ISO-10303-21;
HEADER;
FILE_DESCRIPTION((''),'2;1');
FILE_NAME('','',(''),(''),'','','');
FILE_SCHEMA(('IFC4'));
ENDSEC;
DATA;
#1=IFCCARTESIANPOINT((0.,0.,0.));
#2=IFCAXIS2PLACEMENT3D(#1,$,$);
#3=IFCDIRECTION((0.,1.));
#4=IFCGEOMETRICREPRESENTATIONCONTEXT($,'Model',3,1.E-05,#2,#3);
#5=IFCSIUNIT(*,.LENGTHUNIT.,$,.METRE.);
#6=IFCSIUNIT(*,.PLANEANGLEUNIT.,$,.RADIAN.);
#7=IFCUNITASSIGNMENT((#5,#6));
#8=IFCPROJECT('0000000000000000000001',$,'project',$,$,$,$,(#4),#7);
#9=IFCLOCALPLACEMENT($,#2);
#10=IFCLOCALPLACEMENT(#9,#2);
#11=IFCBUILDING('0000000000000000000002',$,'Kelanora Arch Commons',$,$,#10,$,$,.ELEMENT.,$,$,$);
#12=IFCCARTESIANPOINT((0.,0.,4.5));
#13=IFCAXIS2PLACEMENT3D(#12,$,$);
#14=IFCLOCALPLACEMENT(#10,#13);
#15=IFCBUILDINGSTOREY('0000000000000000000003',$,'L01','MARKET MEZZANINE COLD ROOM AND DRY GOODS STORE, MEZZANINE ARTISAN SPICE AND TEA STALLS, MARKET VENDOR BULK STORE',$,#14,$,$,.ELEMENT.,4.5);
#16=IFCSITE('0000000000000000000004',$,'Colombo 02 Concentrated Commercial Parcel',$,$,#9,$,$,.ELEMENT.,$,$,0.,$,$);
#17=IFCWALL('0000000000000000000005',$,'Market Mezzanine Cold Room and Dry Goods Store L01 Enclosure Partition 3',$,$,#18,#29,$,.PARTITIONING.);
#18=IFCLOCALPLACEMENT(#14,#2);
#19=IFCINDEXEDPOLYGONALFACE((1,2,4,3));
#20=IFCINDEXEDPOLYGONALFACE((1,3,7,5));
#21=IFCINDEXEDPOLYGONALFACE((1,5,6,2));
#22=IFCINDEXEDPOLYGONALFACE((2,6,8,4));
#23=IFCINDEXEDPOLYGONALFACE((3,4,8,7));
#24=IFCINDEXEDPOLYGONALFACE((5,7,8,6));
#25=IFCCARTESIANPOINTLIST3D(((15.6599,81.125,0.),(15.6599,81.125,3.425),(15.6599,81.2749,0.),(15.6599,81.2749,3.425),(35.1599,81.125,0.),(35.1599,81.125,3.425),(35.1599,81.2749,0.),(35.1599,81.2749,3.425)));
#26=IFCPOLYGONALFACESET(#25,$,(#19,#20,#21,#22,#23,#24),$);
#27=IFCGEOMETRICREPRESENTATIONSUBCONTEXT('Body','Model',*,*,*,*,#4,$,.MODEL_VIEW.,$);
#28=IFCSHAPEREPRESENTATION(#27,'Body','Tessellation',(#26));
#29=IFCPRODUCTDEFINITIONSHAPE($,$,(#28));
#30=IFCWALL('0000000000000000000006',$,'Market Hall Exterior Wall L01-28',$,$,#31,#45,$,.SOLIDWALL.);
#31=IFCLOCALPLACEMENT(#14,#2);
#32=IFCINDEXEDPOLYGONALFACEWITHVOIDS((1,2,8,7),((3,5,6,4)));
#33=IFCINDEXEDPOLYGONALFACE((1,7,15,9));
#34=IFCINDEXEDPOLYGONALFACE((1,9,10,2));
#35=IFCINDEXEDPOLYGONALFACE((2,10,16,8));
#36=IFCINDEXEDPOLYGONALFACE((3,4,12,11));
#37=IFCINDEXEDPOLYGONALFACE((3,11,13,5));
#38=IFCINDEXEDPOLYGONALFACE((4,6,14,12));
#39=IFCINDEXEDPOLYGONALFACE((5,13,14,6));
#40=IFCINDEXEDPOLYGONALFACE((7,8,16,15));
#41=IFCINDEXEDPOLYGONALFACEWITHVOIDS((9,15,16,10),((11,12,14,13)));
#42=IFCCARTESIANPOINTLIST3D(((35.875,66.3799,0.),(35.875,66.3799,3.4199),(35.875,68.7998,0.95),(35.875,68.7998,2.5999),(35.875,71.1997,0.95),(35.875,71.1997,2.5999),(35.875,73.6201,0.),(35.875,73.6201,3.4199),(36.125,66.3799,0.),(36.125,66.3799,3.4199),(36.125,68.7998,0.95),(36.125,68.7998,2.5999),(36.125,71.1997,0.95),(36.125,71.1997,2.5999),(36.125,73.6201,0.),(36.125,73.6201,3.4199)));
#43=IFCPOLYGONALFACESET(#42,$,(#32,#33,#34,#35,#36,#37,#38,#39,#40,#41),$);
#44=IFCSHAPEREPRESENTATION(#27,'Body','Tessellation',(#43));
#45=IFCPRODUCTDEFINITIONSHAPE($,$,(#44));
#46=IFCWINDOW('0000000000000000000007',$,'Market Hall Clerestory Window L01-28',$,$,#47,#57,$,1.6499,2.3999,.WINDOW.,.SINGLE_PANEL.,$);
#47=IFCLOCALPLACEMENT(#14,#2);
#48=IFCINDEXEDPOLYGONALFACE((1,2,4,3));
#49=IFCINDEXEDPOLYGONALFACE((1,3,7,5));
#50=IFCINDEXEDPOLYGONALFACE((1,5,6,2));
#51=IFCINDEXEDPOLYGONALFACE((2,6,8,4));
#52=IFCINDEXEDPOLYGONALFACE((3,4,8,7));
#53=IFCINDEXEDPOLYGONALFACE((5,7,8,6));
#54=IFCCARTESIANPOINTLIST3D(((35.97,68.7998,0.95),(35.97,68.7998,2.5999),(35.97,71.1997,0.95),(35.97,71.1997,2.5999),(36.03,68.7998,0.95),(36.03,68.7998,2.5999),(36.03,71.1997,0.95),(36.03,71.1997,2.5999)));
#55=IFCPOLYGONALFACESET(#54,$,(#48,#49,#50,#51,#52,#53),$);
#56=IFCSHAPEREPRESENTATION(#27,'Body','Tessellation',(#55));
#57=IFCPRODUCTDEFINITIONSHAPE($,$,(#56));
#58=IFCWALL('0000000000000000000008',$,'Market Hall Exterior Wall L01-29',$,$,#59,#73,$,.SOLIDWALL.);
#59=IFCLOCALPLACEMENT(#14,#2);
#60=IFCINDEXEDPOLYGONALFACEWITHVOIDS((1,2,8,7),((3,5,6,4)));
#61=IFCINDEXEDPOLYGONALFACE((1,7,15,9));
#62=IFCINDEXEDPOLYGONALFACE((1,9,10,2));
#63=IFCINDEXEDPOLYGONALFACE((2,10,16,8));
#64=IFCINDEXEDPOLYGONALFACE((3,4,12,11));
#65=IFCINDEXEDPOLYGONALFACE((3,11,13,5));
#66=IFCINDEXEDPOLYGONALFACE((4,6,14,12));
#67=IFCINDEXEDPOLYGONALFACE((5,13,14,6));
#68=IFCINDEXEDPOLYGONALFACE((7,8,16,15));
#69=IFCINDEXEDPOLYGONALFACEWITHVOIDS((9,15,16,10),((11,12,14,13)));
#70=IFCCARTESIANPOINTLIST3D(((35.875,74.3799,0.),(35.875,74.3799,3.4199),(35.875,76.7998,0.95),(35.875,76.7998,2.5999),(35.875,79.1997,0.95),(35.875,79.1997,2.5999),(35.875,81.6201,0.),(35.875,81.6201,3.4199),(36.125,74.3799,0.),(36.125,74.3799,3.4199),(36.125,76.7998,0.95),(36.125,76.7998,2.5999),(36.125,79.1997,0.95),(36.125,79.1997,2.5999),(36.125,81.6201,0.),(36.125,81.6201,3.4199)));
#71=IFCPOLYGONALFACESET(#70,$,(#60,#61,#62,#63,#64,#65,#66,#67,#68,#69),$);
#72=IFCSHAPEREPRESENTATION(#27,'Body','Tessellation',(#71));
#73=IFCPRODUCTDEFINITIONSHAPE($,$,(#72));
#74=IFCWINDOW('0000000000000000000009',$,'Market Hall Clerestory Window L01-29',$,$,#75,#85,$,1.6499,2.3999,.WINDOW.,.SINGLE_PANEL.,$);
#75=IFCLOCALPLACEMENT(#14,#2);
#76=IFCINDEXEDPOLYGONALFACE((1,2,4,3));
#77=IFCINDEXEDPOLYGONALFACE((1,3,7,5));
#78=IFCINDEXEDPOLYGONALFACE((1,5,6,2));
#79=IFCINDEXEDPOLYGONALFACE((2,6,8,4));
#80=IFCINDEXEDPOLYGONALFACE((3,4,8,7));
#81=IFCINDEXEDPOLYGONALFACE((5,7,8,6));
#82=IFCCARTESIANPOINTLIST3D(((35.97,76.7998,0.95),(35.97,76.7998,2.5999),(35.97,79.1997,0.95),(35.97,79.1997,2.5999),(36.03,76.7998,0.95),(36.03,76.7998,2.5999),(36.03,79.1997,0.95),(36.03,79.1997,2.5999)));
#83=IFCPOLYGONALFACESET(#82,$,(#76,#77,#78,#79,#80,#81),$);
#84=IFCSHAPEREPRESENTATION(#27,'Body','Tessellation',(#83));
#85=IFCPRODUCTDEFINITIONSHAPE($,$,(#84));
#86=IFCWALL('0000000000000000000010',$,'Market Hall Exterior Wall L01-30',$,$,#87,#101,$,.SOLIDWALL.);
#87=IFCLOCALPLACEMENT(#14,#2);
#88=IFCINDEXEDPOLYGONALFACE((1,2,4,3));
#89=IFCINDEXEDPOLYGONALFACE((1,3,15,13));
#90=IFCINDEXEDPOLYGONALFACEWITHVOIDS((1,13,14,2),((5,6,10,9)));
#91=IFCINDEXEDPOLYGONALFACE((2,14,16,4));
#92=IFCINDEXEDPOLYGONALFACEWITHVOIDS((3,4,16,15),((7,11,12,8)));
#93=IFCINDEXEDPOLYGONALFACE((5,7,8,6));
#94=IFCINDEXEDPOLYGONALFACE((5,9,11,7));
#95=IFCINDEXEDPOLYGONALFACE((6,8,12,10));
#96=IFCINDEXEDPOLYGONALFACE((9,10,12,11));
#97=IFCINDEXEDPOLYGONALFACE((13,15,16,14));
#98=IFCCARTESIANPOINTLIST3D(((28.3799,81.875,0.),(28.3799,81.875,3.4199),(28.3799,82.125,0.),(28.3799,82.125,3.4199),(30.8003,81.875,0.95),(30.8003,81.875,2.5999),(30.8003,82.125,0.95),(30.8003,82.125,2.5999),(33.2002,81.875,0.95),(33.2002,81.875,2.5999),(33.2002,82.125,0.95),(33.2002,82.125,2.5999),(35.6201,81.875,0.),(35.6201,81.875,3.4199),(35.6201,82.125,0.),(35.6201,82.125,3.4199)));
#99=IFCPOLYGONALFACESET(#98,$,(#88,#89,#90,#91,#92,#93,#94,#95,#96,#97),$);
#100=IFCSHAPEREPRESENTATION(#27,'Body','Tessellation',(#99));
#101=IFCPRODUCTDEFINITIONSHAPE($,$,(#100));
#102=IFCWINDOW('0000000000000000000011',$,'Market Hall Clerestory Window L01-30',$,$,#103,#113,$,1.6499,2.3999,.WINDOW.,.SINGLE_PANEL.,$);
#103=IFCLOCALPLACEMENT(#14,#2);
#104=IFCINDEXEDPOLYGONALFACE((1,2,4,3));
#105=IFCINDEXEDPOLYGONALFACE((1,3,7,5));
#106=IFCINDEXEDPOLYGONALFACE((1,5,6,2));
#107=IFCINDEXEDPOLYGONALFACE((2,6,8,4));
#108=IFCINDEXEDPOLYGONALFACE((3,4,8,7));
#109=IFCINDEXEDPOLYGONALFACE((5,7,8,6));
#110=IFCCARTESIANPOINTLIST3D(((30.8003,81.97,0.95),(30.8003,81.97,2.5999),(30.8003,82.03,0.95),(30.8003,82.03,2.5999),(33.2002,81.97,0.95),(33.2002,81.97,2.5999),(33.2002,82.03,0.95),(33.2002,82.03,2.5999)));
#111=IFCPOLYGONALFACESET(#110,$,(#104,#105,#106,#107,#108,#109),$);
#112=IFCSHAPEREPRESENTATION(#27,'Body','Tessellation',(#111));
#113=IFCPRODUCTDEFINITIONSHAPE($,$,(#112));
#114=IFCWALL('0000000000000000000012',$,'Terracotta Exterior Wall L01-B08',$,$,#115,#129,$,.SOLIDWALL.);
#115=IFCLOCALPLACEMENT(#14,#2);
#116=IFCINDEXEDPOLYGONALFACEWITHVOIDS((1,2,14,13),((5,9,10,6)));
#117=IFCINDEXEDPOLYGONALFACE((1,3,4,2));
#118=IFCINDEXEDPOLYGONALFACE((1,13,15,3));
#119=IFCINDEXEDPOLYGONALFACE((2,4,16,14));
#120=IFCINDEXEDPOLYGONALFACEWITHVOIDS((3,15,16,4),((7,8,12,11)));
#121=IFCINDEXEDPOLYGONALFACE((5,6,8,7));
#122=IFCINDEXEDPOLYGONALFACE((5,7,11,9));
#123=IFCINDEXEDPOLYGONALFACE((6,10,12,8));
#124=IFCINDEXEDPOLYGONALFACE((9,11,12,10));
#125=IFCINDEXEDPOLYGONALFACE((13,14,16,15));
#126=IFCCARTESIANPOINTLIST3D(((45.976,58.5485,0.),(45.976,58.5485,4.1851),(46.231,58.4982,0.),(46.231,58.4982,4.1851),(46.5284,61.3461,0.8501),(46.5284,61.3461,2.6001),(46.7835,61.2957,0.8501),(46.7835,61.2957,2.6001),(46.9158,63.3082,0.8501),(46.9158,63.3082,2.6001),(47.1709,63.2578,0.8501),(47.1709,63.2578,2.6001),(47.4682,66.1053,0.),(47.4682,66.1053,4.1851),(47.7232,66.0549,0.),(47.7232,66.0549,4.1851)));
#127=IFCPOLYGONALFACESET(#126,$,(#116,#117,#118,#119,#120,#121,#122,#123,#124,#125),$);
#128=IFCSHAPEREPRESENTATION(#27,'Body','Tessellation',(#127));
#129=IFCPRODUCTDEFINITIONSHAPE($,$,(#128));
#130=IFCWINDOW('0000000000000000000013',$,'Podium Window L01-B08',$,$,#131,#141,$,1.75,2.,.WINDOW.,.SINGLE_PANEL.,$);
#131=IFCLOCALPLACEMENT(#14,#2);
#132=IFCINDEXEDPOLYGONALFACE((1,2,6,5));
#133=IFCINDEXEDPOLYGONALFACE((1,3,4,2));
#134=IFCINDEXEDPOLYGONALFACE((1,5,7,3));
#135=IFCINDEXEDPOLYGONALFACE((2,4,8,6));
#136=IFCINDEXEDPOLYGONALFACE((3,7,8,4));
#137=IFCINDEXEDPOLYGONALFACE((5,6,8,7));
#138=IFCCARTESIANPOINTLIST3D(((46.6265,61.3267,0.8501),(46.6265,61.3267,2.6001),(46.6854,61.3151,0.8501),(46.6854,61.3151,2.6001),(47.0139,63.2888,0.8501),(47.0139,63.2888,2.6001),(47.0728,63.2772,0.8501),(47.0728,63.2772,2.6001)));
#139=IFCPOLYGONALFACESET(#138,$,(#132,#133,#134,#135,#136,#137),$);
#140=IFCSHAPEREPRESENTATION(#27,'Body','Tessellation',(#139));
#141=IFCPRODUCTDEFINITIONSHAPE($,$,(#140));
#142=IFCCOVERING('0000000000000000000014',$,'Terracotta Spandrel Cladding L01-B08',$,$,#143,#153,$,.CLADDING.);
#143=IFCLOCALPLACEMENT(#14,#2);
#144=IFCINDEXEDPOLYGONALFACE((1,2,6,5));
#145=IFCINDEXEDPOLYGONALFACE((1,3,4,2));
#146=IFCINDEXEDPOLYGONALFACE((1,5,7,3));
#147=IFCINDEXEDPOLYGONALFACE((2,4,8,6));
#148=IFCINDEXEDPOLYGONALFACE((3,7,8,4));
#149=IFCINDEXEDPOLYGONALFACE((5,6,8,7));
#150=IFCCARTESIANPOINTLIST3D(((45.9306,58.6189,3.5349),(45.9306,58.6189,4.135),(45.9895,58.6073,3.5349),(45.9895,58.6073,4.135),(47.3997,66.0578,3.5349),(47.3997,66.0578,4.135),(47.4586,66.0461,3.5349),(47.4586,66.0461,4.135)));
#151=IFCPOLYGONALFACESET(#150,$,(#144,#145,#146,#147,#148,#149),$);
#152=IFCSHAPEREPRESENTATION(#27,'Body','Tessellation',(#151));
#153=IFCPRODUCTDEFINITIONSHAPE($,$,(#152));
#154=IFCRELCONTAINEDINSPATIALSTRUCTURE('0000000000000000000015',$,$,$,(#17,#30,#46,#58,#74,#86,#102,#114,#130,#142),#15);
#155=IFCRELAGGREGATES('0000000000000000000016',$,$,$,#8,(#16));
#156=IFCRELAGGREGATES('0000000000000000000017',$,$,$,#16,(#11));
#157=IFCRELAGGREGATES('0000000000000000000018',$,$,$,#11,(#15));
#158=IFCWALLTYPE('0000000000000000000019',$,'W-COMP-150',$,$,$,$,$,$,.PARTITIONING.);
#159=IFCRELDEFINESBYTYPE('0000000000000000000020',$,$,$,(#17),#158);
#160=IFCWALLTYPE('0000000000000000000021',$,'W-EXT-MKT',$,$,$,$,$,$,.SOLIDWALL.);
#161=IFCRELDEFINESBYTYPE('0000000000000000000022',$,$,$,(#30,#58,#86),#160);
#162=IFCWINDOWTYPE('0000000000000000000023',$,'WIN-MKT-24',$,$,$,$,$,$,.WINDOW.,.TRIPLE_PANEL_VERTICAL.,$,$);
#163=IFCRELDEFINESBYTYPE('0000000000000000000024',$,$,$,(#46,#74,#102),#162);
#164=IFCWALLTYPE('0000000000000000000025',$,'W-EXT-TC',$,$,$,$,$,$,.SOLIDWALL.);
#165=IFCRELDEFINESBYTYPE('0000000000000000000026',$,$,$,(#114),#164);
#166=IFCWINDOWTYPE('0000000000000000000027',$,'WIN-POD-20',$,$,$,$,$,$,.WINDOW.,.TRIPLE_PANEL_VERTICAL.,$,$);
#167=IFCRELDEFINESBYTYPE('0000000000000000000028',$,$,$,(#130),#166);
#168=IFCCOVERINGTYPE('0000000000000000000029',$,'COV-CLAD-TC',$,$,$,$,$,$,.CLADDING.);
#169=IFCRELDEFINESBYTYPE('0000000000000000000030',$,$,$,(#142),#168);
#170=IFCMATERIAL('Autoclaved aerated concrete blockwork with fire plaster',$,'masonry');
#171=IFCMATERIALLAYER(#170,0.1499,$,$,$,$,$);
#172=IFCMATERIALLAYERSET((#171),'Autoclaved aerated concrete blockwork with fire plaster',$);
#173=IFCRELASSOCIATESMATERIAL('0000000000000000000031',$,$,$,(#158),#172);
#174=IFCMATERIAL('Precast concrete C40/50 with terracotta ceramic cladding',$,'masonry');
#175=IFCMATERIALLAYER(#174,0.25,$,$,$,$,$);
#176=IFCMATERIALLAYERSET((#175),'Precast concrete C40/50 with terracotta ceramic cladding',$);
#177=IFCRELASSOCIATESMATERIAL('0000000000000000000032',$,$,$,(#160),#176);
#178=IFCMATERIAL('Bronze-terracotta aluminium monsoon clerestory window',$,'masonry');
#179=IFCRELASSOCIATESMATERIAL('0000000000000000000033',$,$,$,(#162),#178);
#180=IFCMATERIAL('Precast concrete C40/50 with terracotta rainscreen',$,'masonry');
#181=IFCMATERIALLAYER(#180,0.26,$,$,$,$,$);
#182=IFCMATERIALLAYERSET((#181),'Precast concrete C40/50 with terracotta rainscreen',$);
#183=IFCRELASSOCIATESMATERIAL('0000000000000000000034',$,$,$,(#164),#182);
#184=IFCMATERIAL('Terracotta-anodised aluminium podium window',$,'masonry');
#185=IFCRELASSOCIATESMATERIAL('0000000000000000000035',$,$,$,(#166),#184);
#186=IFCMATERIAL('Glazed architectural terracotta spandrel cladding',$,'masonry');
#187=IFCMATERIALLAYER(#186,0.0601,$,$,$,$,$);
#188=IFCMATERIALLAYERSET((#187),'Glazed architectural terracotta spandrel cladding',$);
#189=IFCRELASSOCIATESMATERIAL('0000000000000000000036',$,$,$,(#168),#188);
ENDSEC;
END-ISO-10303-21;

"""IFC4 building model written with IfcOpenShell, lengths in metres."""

from ifc_helpers import new_model, si_unit, direction, frame, frame_2d, origin, origin_2d, place, context, subcontext, project, spatial, rectangle, extrude, source, transform, mapped, material, layer, layer_set, type_object, element, fill, save


model = new_model("IFC4")

# Units and contexts
model_context = context("Model", 3, precision=1e-05, world=origin(), true_north=direction((0.0, 1.0)))
body_context = subcontext(model_context, "Body", "Model", "MODEL_VIEW")
ifc_project = project(units=[si_unit("LENGTHUNIT", "METRE"), si_unit("PLANEANGLEUNIT", "RADIAN")], contexts=[model_context])

# Site, building, storey
site_placement = place(None, origin())
site = spatial("IfcSite", under=ifc_project, at=site_placement, Name="Colombo 02 Concentrated Commercial Parcel", CompositionType="ELEMENT", RefElevation=0.0)
building_placement = place(site_placement, origin())
building = spatial("IfcBuilding", under=site, at=building_placement, Name="Kelanora Arch Commons", CompositionType="ELEMENT")
storey_placement = place(building_placement, frame((0.0, 0.0, 4.5)))
storey = spatial("IfcBuildingStorey", under=building, at=storey_placement, Name="L01", Description="MARKET MEZZANINE COLD ROOM AND DRY GOODS STORE, MEZZANINE ARTISAN SPICE AND TEA STALLS, MARKET VENDOR BULK STORE", CompositionType="ELEMENT", Elevation=4.5)

# Wall
ifc_material_1 = material(Name="Autoclaved aerated concrete blockwork with fire plaster", Category="masonry")
ifc_layer_1 = layer(ifc_material_1, 0.1499)
ifc_layer_set_1 = layer_set([ifc_layer_1], Name="Autoclaved aerated concrete blockwork with fire plaster")
wall_type_1 = type_object("IfcWallType", Name="W-COMP-150", PredefinedType="PARTITIONING", material=ifc_layer_set_1)
wall_1_placement = place(storey_placement, frame((35.1599, 81.2, 0.0), z_axis=(0.0, 0.0, 1.0), x_axis=(-1.0, 0.0, 0.0)))
element("IfcWall", 1, at=wall_1_placement, inside=storey, type_object=wall_type_1, Name="Market Mezzanine Cold Room and Dry Goods Store L01 Enclosure Partition 3", PredefinedType="PARTITIONING", context=body_context, shape_type="SweptSolid", body=[
    extrude(rectangle(XDim=19.5, YDim=0.1499, at=frame_2d((9.75, 0.0))), origin(), (0.0, 0.0, 1.0), 3.425),
])

# Walls, openings, windows
ifc_material_2 = material(Name="Precast concrete C40/50 with terracotta ceramic cladding", Category="masonry")
ifc_layer_2 = layer(ifc_material_2, 0.25)
ifc_layer_set_2 = layer_set([ifc_layer_2], Name="Precast concrete C40/50 with terracotta ceramic cladding")
wall_type_2 = type_object("IfcWallType", Name="W-EXT-MKT", PredefinedType="SOLIDWALL", material=ifc_layer_set_2)
wall_2_placement = place(storey_placement, frame((36.0, 66.3799, 0.0), z_axis=(0.0, 0.0, 1.0), x_axis=(0.0, 1.0, 0.0)))
wall_2 = element("IfcWall", 2, at=wall_2_placement, inside=storey, type_object=wall_type_2, Name="Market Hall Exterior Wall L01-28", PredefinedType="SOLIDWALL", context=body_context, shape_type="SweptSolid", body=[
    extrude(rectangle(XDim=7.2402, YDim=0.25, at=frame_2d((3.6201, 0.0))), origin(), (0.0, 0.0, 1.0), 3.4199),
])
opening_1_placement = place(wall_2_placement, frame((2.4199, 0.0, 0.95)))
opening_1 = element("IfcOpeningElement", 3, at=opening_1_placement, cuts=wall_2, PredefinedType="OPENING", context=body_context, shape_type="SweptSolid", body=[
    extrude(rectangle(XDim=2.3999, YDim=1.6499, at=frame_2d((1.2, 0.825))), frame((0.0, 0.135, 0.0), z_axis=(0.0, -1.0, 0.0), x_axis=(1.0, 0.0, 0.0)), (0.0, 0.0, 1.0), 0.27),
])
ifc_material_3 = material(Name="Bronze-terracotta aluminium monsoon clerestory window", Category="masonry")
window_type_1 = type_object("IfcWindowType", Name="WIN-MKT-24", PartitioningType="TRIPLE_PANEL_VERTICAL", PredefinedType="WINDOW", material=ifc_material_3)
window_1_placement = place(opening_1_placement, origin())
window_1 = element("IfcWindow", 4, at=window_1_placement, inside=storey, type_object=window_type_1, Name="Market Hall Clerestory Window L01-28", OverallHeight=1.6499, OverallWidth=2.3999, PartitioningType="SINGLE_PANEL", PredefinedType="WINDOW", context=body_context, shape_type="SweptSolid", body=[
    extrude(rectangle(XDim=2.3999, YDim=1.6499, at=frame_2d((1.2, 0.825))), frame((0.0, 0.03, 0.0), z_axis=(0.0, -1.0, 0.0), x_axis=(1.0, 0.0, 0.0)), (0.0, 0.0, 1.0), 0.0601),
])
fill(opening_1, window_1)
wall_3_placement = place(storey_placement, frame((36.0, 74.3799, 0.0), z_axis=(0.0, 0.0, 1.0), x_axis=(0.0, 1.0, 0.0)))
wall_3 = element("IfcWall", 5, at=wall_3_placement, inside=storey, type_object=wall_type_2, Name="Market Hall Exterior Wall L01-29", PredefinedType="SOLIDWALL", context=body_context, shape_type="SweptSolid", body=[
    extrude(rectangle(XDim=7.2402, YDim=0.25, at=frame_2d((3.6201, 0.0))), origin(), (0.0, 0.0, 1.0), 3.4199),
])
opening_2_placement = place(wall_3_placement, frame((2.4199, 0.0, 0.95)))
opening_2 = element("IfcOpeningElement", 6, at=opening_2_placement, cuts=wall_3, PredefinedType="OPENING", context=body_context, shape_type="SweptSolid", body=[
    extrude(rectangle(XDim=2.3999, YDim=1.6499, at=frame_2d((1.2, 0.825))), frame((0.0, 0.135, 0.0), z_axis=(0.0, -1.0, 0.0), x_axis=(1.0, 0.0, 0.0)), (0.0, 0.0, 1.0), 0.27),
])
window_2_placement = place(opening_2_placement, origin())
window_2 = element("IfcWindow", 7, at=window_2_placement, inside=storey, type_object=window_type_1, Name="Market Hall Clerestory Window L01-29", OverallHeight=1.6499, OverallWidth=2.3999, PartitioningType="SINGLE_PANEL", PredefinedType="WINDOW", context=body_context, shape_type="SweptSolid", body=[
    extrude(rectangle(XDim=2.3999, YDim=1.6499, at=frame_2d((1.2, 0.825))), frame((0.0, 0.03, 0.0), z_axis=(0.0, -1.0, 0.0), x_axis=(1.0, 0.0, 0.0)), (0.0, 0.0, 1.0), 0.0601),
])
fill(opening_2, window_2)
wall_4_placement = place(storey_placement, frame((35.6201, 82.0, 0.0), z_axis=(0.0, 0.0, 1.0), x_axis=(-1.0, 0.0, 0.0)))
wall_4 = element("IfcWall", 8, at=wall_4_placement, inside=storey, type_object=wall_type_2, Name="Market Hall Exterior Wall L01-30", PredefinedType="SOLIDWALL", context=body_context, shape_type="SweptSolid", body=[
    extrude(rectangle(XDim=7.2402, YDim=0.25, at=frame_2d((3.6201, 0.0))), origin(), (0.0, 0.0, 1.0), 3.4199),
])
opening_3_placement = place(wall_4_placement, frame((2.4199, 0.0, 0.95)))
opening_3 = element("IfcOpeningElement", 9, at=opening_3_placement, cuts=wall_4, PredefinedType="OPENING", context=body_context, shape_type="SweptSolid", body=[
    extrude(rectangle(XDim=2.3999, YDim=1.6499, at=frame_2d((1.2, 0.825))), frame((0.0, 0.135, 0.0), z_axis=(0.0, -1.0, 0.0), x_axis=(1.0, 0.0, 0.0)), (0.0, 0.0, 1.0), 0.27),
])
window_3_placement = place(opening_3_placement, origin())
window_3 = element("IfcWindow", 10, at=window_3_placement, inside=storey, type_object=window_type_1, Name="Market Hall Clerestory Window L01-30", OverallHeight=1.6499, OverallWidth=2.3999, PartitioningType="SINGLE_PANEL", PredefinedType="WINDOW", context=body_context, shape_type="SweptSolid", body=[
    extrude(rectangle(XDim=2.3999, YDim=1.6499, at=frame_2d((1.2, 0.825))), frame((0.0, 0.03, 0.0), z_axis=(0.0, -1.0, 0.0), x_axis=(1.0, 0.0, 0.0)), (0.0, 0.0, 1.0), 0.0601),
])
fill(opening_3, window_3)
ifc_material_4 = material(Name="Precast concrete C40/50 with terracotta rainscreen", Category="masonry")
ifc_layer_3 = layer(ifc_material_4, 0.26)
ifc_layer_set_3 = layer_set([ifc_layer_3], Name="Precast concrete C40/50 with terracotta rainscreen")
wall_type_3 = type_object("IfcWallType", Name="W-EXT-TC", PredefinedType="SOLIDWALL", material=ifc_layer_set_3)
wall_5_placement = place(storey_placement, frame((47.5957, 66.0801, 0.0), z_axis=(0.0, 0.0, 1.0), x_axis=(-0.193726, -0.981056, 0.0)))
wall_5 = element("IfcWall", 11, at=wall_5_placement, inside=storey, type_object=wall_type_3, Name="Terracotta Exterior Wall L01-B08", PredefinedType="SOLIDWALL", context=body_context, shape_type="SweptSolid", body=[
    extrude(rectangle(XDim=7.7026, YDim=0.26, at=frame_2d((3.8513, 0.0))), origin(), (0.0, 0.0, 1.0), 4.1851),
])
opening_4_placement = place(wall_5_placement, frame((2.8511, 0.0, 0.8501)))
opening_4 = element("IfcOpeningElement", 12, at=opening_4_placement, cuts=wall_5, PredefinedType="OPENING", context=body_context, shape_type="SweptSolid", body=[
    extrude(rectangle(XDim=2.0, YDim=1.75, at=frame_2d((1.0, 0.875))), frame((0.0, 0.1401, 0.0), z_axis=(0.0, -1.0, 0.0), x_axis=(1.0, 0.0, 0.0)), (0.0, 0.0, 1.0), 0.28),
])
ifc_material_5 = material(Name="Terracotta-anodised aluminium podium window", Category="masonry")
window_type_2 = type_object("IfcWindowType", Name="WIN-POD-20", PartitioningType="TRIPLE_PANEL_VERTICAL", PredefinedType="WINDOW", material=ifc_material_5)
window_4_placement = place(opening_4_placement, origin())
window_4 = element("IfcWindow", 13, at=window_4_placement, inside=storey, type_object=window_type_2, Name="Podium Window L01-B08", OverallHeight=1.75, OverallWidth=2.0, PartitioningType="SINGLE_PANEL", PredefinedType="WINDOW", context=body_context, shape_type="SweptSolid", body=[
    extrude(rectangle(XDim=2.0, YDim=1.75, at=frame_2d((1.0, 0.875))), frame((0.0, 0.03, 0.0), z_axis=(0.0, -1.0, 0.0), x_axis=(1.0, 0.0, 0.0)), (0.0, 0.0, 1.0), 0.0601),
])
fill(opening_4, window_4)

# Covering
ifc_material_6 = material(Name="Glazed architectural terracotta spandrel cladding", Category="masonry")
ifc_layer_4 = layer(ifc_material_6, 0.0601)
ifc_layer_set_4 = layer_set([ifc_layer_4], Name="Glazed architectural terracotta spandrel cladding")
covering_type = type_object("IfcCoveringType", Name="COV-CLAD-TC", PredefinedType="CLADDING", material=ifc_layer_set_4)
shared_shape_1 = source(origin(), body_context, "Body", "SweptSolid", [
    extrude(rectangle(XDim=7.5825, YDim=0.0601, at=origin_2d()), origin(), (0.0, 0.0, 1.0), 0.6001),
])
covering_placement = place(storey_placement, frame((46.6946, 62.3325, 3.5349), z_axis=(0.0, 0.0, 1.0), x_axis=(-0.193744, -0.981052, 0.0)))
element("IfcCovering", 14, at=covering_placement, inside=storey, type_object=covering_type, Name="Terracotta Spandrel Cladding L01-B08", PredefinedType="CLADDING", context=body_context, shape_type="MappedRepresentation", body=[
    mapped(shared_shape_1, transform((0.0, 0.0, 0.0), scale=1.0)),
])

save(model, "model.ifc")
